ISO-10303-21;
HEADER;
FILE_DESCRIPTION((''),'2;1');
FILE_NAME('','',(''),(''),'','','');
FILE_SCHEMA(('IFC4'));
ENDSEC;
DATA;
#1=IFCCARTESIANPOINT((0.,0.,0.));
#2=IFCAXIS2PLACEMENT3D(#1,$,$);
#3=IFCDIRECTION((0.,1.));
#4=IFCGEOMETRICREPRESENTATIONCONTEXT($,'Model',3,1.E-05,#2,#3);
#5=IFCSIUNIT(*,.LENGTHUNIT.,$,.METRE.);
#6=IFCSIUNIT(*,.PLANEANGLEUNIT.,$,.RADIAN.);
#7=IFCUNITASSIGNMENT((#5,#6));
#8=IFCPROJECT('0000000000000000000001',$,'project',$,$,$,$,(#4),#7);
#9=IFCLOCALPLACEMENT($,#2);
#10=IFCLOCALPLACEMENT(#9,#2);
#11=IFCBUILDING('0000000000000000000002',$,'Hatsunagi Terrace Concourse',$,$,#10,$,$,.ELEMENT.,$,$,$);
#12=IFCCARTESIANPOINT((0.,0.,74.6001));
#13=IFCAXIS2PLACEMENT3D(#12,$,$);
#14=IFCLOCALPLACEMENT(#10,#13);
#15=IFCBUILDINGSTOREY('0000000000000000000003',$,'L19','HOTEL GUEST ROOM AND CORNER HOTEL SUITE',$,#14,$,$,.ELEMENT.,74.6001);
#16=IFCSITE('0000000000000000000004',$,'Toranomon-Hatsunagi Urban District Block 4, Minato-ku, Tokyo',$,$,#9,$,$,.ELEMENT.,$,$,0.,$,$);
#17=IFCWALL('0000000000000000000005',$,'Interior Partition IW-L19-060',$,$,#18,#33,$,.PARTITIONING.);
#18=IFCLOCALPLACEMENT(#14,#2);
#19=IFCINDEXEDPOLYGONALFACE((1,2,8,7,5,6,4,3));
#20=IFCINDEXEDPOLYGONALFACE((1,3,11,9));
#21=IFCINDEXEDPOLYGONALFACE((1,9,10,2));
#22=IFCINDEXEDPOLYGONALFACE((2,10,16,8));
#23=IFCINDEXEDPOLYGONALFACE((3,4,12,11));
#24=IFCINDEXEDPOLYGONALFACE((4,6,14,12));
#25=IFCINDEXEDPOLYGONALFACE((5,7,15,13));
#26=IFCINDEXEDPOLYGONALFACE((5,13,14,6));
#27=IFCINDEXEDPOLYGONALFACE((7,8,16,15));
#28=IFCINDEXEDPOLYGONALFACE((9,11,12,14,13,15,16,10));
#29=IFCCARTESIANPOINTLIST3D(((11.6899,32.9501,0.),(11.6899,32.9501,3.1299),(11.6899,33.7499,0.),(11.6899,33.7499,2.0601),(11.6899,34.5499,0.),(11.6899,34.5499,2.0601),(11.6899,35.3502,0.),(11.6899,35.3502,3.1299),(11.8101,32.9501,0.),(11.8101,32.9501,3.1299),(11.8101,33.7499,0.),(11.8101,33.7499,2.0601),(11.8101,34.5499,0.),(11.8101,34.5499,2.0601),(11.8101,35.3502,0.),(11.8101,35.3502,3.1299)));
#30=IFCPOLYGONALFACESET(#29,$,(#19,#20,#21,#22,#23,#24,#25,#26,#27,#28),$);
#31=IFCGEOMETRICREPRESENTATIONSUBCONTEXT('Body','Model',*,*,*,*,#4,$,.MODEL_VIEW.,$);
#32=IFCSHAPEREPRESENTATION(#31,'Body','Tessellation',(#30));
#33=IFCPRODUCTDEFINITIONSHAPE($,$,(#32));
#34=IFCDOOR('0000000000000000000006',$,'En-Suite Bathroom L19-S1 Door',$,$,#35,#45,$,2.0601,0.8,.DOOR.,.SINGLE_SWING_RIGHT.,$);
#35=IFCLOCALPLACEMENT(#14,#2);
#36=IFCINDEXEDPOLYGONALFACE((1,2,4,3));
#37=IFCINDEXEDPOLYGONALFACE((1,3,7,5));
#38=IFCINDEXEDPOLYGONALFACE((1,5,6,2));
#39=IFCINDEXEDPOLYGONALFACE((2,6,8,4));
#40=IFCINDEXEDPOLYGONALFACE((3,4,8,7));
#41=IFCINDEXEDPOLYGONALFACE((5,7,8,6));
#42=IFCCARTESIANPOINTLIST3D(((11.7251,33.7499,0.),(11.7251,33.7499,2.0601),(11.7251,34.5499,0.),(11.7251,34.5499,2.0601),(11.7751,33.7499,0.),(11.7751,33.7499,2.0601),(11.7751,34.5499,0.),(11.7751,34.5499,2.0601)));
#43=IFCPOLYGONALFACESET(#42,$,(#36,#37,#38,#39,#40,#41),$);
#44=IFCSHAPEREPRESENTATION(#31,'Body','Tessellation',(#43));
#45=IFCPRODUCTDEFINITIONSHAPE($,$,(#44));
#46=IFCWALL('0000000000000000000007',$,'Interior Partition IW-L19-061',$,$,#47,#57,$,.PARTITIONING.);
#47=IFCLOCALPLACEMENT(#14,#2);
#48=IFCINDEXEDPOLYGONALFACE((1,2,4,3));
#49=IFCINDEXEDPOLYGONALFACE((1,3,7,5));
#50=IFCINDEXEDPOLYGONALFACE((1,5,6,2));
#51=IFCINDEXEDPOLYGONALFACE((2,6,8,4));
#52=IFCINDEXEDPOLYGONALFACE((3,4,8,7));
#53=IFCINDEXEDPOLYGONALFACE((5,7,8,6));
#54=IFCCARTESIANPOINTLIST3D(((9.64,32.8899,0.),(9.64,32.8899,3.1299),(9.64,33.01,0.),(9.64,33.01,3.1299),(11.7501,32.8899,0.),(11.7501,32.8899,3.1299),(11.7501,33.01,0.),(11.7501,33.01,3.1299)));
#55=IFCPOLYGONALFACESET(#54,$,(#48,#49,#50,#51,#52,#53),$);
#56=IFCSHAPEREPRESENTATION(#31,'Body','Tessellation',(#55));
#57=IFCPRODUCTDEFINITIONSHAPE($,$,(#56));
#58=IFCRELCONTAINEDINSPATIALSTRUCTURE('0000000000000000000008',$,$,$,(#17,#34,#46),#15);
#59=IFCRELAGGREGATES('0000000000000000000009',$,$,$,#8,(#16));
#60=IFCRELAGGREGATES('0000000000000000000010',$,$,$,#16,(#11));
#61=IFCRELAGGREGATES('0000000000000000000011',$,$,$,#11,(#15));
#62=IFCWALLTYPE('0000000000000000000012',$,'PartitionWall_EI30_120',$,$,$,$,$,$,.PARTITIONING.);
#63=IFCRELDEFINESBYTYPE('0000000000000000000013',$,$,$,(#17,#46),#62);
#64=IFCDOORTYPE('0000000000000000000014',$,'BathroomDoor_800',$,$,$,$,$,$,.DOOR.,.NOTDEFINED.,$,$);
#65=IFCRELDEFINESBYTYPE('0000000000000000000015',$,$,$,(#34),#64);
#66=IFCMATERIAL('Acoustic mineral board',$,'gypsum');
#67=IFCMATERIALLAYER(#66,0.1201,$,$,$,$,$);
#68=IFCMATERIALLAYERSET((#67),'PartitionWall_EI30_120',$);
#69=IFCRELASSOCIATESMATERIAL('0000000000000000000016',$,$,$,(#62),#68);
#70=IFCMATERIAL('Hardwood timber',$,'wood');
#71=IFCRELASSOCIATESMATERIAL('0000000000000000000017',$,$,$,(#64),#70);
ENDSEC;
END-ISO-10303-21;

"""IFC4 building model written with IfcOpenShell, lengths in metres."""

from ifc_helpers import new_model, si_unit, direction, frame, frame_2d, origin, place, context, subcontext, project, spatial, rectangle, extrude, material, layer, layer_set, type_object, element, fill, save


model = new_model("IFC4")

# Units and contexts
model_context = context("Model", 3, precision=1e-05, world=origin(), true_north=direction((0.0, 1.0)))
body_context = subcontext(model_context, "Body", "Model", "MODEL_VIEW")
ifc_project = project(units=[si_unit("LENGTHUNIT", "METRE"), si_unit("PLANEANGLEUNIT", "RADIAN")], contexts=[model_context])

# Site, building, storey
site_placement = place(None, origin())
site = spatial("IfcSite", under=ifc_project, at=site_placement, Name="Toranomon-Hatsunagi Urban District Block 4, Minato-ku, Tokyo", CompositionType="ELEMENT", RefElevation=0.0)
building_placement = place(site_placement, origin())
building = spatial("IfcBuilding", under=site, at=building_placement, Name="Hatsunagi Terrace Concourse", CompositionType="ELEMENT")
storey_placement = place(building_placement, frame((0.0, 0.0, 74.6001)))
storey = spatial("IfcBuildingStorey", under=building, at=storey_placement, Name="L19", Description="HOTEL GUEST ROOM AND CORNER HOTEL SUITE", CompositionType="ELEMENT", Elevation=74.6001)

# Wall, opening, door
ifc_material_1 = material(Name="Acoustic mineral board", Category="gypsum")
ifc_layer_1 = layer(ifc_material_1, 0.1201)
ifc_layer_set_1 = layer_set([ifc_layer_1], Name="PartitionWall_EI30_120")
wall_type = type_object("IfcWallType", Name="PartitionWall_EI30_120", PredefinedType="PARTITIONING", material=ifc_layer_set_1)
wall_1_placement = place(storey_placement, frame((11.75, 32.95, 0.0), z_axis=(0.0, 0.0, 1.0), x_axis=(0.0, 1.0, 0.0)))
wall_1 = element("IfcWall", 1, at=wall_1_placement, inside=storey, type_object=wall_type, Name="Interior Partition IW-L19-060", PredefinedType="PARTITIONING", context=body_context, shape_type="SweptSolid", body=[
    extrude(rectangle(XDim=2.4001, YDim=0.1201, at=frame_2d((1.2002, 0.0))), origin(), (0.0, 0.0, 1.0), 3.1299),
])
opening_placement = place(wall_1_placement, frame((0.8, 0.0, 0.0)))
opening = element("IfcOpeningElement", 2, at=opening_placement, cuts=wall_1, PredefinedType="OPENING", context=body_context, shape_type="SweptSolid", body=[
    extrude(rectangle(XDim=0.8, YDim=2.0601, at=frame_2d((0.3999, 1.03))), frame((0.0, 0.0701, 0.0), z_axis=(0.0, -1.0, 0.0), x_axis=(1.0, 0.0, 0.0)), (0.0, 0.0, 1.0), 0.1401),
])
ifc_material_2 = material(Name="Hardwood timber", Category="wood")
door_type = type_object("IfcDoorType", Name="BathroomDoor_800", OperationType="NOTDEFINED", PredefinedType="DOOR", material=ifc_material_2)
door_placement = place(opening_placement, origin())
door = element("IfcDoor", 3, at=door_placement, inside=storey, type_object=door_type, Name="En-Suite Bathroom L19-S1 Door", OperationType="SINGLE_SWING_RIGHT", OverallHeight=2.0601, OverallWidth=0.8, PredefinedType="DOOR", context=body_context, shape_type="SweptSolid", body=[
    extrude(rectangle(XDim=0.8, YDim=2.0601, at=frame_2d((0.3999, 1.03))), frame((0.0, 0.0249, 0.0), z_axis=(0.0, -1.0, 0.0), x_axis=(1.0, 0.0, 0.0)), (0.0, 0.0, 1.0), 0.05),
])
fill(opening, door)

# Wall
wall_2_placement = place(storey_placement, frame((9.6399, 32.95, 0.0), z_axis=(0.0, 0.0, 1.0), x_axis=(1.0, 0.0, 0.0)))
element("IfcWall", 4, at=wall_2_placement, inside=storey, type_object=wall_type, Name="Interior Partition IW-L19-061", PredefinedType="PARTITIONING", context=body_context, shape_type="SweptSolid", body=[
    extrude(rectangle(XDim=2.1101, YDim=0.1201, at=frame_2d((1.0552, 0.0))), origin(), (0.0, 0.0, 1.0), 3.1299),
])

save(model, "model.ifc")
